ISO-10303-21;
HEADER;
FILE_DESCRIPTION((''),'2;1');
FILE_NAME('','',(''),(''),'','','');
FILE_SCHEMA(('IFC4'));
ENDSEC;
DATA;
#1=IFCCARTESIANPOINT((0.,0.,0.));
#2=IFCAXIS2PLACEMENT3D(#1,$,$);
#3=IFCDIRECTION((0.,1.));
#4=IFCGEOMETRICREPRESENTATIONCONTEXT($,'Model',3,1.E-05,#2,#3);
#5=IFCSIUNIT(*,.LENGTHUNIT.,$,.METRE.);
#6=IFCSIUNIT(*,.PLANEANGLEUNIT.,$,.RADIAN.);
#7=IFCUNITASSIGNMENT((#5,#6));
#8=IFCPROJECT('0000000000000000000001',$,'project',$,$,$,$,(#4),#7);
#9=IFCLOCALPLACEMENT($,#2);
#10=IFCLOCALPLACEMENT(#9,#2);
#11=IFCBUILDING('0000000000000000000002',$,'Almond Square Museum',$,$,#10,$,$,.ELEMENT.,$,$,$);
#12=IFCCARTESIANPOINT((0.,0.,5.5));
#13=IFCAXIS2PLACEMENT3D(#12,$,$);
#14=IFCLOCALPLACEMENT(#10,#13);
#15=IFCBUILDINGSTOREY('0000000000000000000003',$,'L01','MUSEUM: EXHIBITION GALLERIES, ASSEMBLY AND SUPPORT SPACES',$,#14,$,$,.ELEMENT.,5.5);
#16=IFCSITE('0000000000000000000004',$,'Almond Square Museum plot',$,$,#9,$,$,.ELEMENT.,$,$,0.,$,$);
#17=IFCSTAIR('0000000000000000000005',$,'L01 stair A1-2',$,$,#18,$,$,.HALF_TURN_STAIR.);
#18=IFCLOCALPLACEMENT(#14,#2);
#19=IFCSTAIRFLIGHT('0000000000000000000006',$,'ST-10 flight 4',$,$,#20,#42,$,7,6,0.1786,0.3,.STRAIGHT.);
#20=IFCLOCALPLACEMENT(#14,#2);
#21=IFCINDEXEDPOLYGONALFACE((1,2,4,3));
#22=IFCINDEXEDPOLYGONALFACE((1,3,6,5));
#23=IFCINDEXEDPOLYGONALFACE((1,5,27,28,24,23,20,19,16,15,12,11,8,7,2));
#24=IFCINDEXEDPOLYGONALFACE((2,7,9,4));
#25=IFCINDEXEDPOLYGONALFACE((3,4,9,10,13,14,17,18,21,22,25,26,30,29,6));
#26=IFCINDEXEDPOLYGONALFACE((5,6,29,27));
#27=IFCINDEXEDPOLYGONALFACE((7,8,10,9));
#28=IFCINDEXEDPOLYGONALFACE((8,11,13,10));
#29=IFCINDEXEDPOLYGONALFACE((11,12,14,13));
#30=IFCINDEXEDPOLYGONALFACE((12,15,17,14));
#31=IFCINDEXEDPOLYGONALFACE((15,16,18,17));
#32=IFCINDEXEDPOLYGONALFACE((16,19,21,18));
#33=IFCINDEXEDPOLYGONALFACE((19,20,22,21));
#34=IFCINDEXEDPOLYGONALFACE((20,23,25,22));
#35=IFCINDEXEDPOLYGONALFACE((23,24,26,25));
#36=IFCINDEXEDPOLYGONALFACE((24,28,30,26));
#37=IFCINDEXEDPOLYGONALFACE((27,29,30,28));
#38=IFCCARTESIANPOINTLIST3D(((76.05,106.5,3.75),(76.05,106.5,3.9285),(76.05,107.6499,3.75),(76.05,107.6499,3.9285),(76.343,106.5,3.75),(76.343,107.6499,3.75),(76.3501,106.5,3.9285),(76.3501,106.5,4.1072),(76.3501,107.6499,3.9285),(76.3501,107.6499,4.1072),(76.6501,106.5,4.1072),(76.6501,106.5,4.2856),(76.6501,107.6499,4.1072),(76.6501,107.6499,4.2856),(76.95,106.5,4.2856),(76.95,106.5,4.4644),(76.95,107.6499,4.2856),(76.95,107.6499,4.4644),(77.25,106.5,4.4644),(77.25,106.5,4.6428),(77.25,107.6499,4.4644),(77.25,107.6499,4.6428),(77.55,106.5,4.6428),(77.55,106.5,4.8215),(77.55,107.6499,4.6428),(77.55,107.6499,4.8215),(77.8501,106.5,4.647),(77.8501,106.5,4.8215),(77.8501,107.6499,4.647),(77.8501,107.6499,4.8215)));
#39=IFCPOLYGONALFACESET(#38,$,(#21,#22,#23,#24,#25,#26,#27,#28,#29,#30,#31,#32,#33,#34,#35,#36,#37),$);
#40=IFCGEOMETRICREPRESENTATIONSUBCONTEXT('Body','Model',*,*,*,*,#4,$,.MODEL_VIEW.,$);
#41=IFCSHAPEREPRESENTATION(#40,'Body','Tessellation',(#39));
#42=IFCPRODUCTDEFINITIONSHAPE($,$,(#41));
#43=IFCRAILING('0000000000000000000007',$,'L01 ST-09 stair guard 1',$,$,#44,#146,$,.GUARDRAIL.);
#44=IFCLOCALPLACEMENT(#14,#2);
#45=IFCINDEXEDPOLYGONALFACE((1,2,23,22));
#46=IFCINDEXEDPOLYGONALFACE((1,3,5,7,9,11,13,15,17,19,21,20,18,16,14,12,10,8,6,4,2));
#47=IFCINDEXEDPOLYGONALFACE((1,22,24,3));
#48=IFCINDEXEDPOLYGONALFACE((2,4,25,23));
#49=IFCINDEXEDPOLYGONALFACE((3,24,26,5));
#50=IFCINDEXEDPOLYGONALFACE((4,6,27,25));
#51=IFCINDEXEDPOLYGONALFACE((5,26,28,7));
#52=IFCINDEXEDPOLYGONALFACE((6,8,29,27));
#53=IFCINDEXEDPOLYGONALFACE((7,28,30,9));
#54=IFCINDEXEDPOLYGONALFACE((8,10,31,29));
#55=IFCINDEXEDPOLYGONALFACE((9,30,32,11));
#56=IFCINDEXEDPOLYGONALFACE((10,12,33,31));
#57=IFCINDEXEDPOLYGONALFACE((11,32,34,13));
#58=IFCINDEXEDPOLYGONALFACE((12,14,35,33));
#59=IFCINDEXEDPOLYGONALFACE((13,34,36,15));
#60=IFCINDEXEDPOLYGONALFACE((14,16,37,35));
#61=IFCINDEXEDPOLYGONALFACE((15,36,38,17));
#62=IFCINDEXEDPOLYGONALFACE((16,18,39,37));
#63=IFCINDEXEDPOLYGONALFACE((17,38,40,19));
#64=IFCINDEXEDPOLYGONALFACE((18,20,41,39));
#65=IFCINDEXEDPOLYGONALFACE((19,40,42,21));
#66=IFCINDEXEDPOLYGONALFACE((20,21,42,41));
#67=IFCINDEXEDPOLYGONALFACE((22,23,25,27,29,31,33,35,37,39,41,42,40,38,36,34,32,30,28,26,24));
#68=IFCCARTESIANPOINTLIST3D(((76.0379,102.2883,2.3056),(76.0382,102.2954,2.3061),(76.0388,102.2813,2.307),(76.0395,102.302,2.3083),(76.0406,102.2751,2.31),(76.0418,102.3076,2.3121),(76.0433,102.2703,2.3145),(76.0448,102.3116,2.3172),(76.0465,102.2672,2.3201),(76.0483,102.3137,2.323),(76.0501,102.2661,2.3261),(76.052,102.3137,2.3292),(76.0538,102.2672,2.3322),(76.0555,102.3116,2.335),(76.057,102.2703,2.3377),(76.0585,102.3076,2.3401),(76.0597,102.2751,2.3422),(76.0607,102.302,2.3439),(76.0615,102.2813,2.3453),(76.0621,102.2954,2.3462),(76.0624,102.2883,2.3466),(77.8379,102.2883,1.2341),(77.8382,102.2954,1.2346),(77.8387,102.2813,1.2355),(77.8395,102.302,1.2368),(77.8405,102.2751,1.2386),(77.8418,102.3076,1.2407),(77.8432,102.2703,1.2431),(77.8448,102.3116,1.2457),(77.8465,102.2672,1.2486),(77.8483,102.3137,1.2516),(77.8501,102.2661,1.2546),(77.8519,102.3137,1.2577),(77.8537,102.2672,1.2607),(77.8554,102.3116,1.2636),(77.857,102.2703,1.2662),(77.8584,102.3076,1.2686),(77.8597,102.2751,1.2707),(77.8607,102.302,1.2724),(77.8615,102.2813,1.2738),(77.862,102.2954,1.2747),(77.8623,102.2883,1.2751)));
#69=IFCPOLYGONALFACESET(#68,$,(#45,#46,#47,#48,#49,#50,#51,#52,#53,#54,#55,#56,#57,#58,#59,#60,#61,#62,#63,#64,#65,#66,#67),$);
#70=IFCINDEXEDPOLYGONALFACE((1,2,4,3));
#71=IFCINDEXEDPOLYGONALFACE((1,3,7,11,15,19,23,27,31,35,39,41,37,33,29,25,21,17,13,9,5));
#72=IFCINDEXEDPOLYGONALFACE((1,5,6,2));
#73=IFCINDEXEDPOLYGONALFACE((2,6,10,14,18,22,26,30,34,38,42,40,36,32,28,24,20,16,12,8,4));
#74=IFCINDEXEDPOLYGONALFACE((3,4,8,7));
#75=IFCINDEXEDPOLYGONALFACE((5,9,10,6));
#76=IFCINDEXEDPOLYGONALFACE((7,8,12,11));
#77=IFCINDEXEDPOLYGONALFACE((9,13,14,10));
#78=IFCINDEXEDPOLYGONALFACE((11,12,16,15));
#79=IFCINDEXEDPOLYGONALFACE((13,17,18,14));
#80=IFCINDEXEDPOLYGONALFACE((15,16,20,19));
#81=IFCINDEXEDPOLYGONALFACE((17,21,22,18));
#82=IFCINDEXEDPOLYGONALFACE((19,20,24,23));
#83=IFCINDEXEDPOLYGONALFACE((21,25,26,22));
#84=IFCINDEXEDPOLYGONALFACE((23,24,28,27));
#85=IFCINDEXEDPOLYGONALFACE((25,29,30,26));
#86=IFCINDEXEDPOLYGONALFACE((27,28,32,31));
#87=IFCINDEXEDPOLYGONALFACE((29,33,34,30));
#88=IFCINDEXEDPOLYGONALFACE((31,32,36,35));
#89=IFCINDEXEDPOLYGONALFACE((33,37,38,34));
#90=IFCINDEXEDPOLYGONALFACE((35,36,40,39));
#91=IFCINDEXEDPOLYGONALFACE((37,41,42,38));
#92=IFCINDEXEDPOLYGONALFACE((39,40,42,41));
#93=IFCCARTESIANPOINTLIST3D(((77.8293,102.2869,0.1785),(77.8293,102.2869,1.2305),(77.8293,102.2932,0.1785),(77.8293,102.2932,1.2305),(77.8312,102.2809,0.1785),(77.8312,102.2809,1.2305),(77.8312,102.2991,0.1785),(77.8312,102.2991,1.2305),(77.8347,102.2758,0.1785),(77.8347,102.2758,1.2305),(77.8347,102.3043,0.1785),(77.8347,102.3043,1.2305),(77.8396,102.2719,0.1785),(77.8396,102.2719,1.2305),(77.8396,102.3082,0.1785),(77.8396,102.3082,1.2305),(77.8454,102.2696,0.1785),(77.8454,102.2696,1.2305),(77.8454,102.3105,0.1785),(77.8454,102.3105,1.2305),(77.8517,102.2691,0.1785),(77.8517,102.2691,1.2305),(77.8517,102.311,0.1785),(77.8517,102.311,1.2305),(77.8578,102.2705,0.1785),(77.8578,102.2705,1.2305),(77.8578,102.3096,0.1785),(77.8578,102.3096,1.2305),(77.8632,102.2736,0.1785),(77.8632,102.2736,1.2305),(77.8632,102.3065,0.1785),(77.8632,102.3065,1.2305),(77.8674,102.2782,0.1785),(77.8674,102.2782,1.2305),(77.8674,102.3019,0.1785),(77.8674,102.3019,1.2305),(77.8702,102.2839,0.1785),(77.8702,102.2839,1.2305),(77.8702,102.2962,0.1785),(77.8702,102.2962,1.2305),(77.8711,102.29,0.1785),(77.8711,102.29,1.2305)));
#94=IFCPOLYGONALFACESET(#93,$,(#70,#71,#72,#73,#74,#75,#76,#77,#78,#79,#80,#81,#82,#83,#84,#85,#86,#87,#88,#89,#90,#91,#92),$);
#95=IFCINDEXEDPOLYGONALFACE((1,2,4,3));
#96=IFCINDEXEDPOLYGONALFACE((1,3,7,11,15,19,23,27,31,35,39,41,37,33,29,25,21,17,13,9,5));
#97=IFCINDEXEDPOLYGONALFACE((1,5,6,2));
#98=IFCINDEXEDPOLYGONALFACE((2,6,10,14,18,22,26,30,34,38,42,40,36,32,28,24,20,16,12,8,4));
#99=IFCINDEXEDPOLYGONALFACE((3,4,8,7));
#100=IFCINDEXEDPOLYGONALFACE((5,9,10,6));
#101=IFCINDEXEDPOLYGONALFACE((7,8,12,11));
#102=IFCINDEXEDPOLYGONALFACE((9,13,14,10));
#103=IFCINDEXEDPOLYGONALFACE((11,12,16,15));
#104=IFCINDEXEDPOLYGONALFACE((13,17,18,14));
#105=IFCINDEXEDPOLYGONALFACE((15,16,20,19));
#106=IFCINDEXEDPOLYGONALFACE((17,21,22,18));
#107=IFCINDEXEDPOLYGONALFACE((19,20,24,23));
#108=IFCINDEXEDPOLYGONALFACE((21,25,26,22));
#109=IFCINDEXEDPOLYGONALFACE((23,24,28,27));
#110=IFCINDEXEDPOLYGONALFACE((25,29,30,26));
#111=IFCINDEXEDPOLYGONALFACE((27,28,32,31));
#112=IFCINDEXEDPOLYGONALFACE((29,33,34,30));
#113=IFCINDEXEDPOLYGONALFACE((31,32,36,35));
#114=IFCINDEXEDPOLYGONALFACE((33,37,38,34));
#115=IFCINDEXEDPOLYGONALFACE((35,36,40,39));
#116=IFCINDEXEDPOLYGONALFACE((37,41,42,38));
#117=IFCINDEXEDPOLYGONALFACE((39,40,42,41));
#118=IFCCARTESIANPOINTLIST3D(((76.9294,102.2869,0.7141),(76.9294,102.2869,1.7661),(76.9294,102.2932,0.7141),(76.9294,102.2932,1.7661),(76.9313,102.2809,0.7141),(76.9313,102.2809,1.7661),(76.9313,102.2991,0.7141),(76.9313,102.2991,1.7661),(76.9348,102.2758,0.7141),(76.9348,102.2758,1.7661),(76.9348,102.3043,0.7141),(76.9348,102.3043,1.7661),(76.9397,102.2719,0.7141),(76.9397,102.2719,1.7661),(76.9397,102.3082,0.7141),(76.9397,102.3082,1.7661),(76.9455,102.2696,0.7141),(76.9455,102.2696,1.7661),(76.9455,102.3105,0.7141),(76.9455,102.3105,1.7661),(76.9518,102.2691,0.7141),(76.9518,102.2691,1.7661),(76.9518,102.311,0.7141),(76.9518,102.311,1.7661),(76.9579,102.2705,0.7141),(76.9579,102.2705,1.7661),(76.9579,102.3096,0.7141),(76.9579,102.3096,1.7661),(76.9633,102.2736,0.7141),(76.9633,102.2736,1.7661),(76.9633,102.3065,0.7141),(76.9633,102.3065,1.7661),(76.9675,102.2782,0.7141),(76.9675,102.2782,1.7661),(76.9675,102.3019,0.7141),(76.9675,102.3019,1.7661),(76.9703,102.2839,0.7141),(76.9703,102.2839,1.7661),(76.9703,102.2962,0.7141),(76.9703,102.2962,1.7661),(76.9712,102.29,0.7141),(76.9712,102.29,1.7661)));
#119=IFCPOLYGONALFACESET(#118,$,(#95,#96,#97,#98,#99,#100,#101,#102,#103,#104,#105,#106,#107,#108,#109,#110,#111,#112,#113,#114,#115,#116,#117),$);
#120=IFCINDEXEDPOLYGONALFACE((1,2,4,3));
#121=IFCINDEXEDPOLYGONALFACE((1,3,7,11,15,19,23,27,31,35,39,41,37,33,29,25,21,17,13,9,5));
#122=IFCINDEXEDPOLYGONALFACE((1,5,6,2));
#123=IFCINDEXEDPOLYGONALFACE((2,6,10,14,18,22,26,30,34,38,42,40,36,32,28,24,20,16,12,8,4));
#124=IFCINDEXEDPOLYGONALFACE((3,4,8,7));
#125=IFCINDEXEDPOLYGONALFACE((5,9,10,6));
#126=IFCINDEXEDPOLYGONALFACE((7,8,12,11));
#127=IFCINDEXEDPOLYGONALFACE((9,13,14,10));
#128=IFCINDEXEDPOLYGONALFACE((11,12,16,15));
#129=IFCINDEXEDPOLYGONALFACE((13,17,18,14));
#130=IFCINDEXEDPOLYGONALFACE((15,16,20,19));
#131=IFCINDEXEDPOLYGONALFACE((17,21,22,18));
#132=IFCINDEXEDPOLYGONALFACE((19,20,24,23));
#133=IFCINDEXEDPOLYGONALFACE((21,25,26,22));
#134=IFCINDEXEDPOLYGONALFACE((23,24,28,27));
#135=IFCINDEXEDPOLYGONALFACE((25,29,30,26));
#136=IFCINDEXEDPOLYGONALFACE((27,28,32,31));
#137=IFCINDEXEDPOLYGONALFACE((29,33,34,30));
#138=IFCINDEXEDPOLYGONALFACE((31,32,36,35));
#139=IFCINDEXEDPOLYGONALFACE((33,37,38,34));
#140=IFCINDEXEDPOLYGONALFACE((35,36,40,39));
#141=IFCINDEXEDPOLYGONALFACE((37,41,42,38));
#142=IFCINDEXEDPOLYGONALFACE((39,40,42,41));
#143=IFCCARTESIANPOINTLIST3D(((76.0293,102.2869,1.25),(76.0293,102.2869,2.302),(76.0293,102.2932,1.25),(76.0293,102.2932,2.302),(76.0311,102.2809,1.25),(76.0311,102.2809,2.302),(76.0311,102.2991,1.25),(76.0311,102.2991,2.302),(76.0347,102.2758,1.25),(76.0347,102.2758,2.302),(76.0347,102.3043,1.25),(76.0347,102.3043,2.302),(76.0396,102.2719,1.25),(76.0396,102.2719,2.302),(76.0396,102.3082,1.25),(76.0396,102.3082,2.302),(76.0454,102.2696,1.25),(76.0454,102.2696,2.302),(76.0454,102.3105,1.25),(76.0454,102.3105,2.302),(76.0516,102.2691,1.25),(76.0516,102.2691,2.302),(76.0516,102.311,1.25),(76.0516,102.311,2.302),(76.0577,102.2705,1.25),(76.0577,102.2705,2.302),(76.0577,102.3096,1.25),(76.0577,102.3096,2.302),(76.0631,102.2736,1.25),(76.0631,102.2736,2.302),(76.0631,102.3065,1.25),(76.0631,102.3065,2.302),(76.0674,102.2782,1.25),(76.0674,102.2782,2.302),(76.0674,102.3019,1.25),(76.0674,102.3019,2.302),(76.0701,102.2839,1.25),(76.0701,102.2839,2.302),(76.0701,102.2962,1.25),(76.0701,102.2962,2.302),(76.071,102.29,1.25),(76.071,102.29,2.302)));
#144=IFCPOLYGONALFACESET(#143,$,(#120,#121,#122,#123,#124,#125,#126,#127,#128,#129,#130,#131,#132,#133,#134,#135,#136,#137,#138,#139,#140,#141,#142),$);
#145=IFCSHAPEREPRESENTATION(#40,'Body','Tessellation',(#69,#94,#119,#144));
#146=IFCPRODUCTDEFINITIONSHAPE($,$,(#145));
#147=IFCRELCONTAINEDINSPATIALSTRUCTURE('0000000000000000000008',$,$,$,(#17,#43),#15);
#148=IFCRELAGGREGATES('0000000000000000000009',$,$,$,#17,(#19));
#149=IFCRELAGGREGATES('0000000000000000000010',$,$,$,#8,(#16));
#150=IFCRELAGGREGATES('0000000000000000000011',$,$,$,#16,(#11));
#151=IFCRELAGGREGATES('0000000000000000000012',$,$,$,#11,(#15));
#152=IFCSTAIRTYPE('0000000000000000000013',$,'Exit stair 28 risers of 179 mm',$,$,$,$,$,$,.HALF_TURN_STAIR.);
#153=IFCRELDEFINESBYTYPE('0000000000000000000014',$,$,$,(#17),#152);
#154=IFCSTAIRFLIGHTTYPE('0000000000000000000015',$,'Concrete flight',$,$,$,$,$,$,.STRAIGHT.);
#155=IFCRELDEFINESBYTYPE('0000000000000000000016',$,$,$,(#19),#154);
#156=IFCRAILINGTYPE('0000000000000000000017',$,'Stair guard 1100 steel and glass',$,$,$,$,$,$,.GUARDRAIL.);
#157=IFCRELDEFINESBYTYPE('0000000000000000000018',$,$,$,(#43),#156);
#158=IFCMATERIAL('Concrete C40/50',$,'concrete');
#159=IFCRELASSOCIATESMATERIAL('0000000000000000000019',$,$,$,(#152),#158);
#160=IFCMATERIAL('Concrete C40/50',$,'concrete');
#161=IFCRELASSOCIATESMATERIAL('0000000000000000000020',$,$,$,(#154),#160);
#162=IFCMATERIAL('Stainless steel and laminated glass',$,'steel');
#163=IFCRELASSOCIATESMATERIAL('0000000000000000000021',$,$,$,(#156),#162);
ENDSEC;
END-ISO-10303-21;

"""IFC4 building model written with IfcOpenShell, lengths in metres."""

from ifc_helpers import new_model, si_unit, direction, frame, origin, origin_2d, place, context, subcontext, project, spatial, polyline, circle, outline, extrude, material, type_object, element, aggregate, save


model = new_model("IFC4")

# Units and contexts
model_context = context("Model", 3, precision=1e-05, world=origin(), true_north=direction((0.0, 1.0)))
body_context = subcontext(model_context, "Body", "Model", "MODEL_VIEW")
ifc_project = project(units=[si_unit("LENGTHUNIT", "METRE"), si_unit("PLANEANGLEUNIT", "RADIAN")], contexts=[model_context])

# Site, building, storey
site_placement = place(None, origin())
site = spatial("IfcSite", under=ifc_project, at=site_placement, Name="Almond Square Museum plot", CompositionType="ELEMENT", RefElevation=0.0)
building_placement = place(site_placement, origin())
building = spatial("IfcBuilding", under=site, at=building_placement, Name="Almond Square Museum", CompositionType="ELEMENT")
storey_placement = place(building_placement, frame((0.0, 0.0, 5.5)))
storey = spatial("IfcBuildingStorey", under=building, at=storey_placement, Name="L01", Description="MUSEUM: EXHIBITION GALLERIES, ASSEMBLY AND SUPPORT SPACES", CompositionType="ELEMENT", Elevation=5.5)

# Stair, stair flight
ifc_material_1 = material(Name="Concrete C40/50", Category="concrete")
stair_type = type_object("IfcStairType", Name="Exit stair 28 risers of 179 mm", PredefinedType="HALF_TURN_STAIR", material=ifc_material_1)
ifc_material_2 = material(Name="Concrete C40/50", Category="concrete")
stair_flight_type = type_object("IfcStairFlightType", Name="Concrete flight", PredefinedType="STRAIGHT", material=ifc_material_2)
stair_1_placement = place(storey_placement, origin())
stair_1 = element("IfcStair", 1, at=stair_1_placement, inside=storey, type_object=stair_type, Name="L01 stair A1-2", PredefinedType="HALF_TURN_STAIR")
stair_flight_1_placement = place(storey_placement, frame((76.05, 107.075, 3.75), z_axis=(0.0, 0.0, 1.0), x_axis=(1.0, 0.0, 0.0)))
stair_flight_1 = element("IfcStairFlight", 2, at=stair_flight_1_placement, type_object=stair_flight_type, Name="ST-10 flight 4", NumberOfRisers=7, NumberOfTreads=6, PredefinedType="STRAIGHT", RiserHeight=0.1786, TreadLength=0.3, context=body_context, shape_type="SweptSolid", body=[
    extrude(outline(polyline([(0.0, 0.0), (0.0, 0.1785), (0.3, 0.1785), (0.3, 0.3572), (0.6001, 0.3572), (0.6001, 0.5356), (0.8999, 0.5356), (0.8999, 0.7144), (1.2, 0.7144), (1.2, 0.8928), (1.5, 0.8928), (1.5, 1.0715), (1.8, 1.0715), (1.8, 1.25), (1.8, 0.897), (0.293, 0.0), (0.0, 0.0)])), frame((0.0, 0.575, 0.0), z_axis=(0.0, -1.0, 0.0), x_axis=(1.0, 0.0, 0.0)), (0.0, 0.0, 1.0), 1.1499),
])
aggregate(stair_1, [stair_flight_1])

# Railing
ifc_material_3 = material(Name="Stainless steel and laminated glass", Category="steel")
railing_type_1 = type_object("IfcRailingType", Name="Stair guard 1100 steel and glass", PredefinedType="GUARDRAIL", material=ifc_material_3)
railing_1_placement = place(storey_placement, frame((77.8501, 102.29, 0.1785)))
element("IfcRailing", 3, at=railing_1_placement, inside=storey, type_object=railing_type_1, Name="L01 ST-09 stair guard 1", PredefinedType="GUARDRAIL", context=body_context, shape_type="SweptSolid", body=[
    extrude(circle(Radius=0.0239, at=origin_2d()), frame((0.0, 0.0, 1.0762), z_axis=(-0.859277, 0.0, 0.51151), x_axis=(0.0, -1.0, 0.0)), (0.0, 0.0, 1.0), 2.0947),
    extrude(circle(Radius=0.021, at=origin_2d()), origin(), (0.0, 0.0, 1.0), 1.052),
    extrude(circle(Radius=0.021, at=origin_2d()), frame((-0.8999, 0.0, 0.5356)), (0.0, 0.0, 1.0), 1.052),
    extrude(circle(Radius=0.021, at=origin_2d()), frame((-1.8, 0.0, 1.0715)), (0.0, 0.0, 1.0), 1.052),
])

save(model, "model.ifc")
